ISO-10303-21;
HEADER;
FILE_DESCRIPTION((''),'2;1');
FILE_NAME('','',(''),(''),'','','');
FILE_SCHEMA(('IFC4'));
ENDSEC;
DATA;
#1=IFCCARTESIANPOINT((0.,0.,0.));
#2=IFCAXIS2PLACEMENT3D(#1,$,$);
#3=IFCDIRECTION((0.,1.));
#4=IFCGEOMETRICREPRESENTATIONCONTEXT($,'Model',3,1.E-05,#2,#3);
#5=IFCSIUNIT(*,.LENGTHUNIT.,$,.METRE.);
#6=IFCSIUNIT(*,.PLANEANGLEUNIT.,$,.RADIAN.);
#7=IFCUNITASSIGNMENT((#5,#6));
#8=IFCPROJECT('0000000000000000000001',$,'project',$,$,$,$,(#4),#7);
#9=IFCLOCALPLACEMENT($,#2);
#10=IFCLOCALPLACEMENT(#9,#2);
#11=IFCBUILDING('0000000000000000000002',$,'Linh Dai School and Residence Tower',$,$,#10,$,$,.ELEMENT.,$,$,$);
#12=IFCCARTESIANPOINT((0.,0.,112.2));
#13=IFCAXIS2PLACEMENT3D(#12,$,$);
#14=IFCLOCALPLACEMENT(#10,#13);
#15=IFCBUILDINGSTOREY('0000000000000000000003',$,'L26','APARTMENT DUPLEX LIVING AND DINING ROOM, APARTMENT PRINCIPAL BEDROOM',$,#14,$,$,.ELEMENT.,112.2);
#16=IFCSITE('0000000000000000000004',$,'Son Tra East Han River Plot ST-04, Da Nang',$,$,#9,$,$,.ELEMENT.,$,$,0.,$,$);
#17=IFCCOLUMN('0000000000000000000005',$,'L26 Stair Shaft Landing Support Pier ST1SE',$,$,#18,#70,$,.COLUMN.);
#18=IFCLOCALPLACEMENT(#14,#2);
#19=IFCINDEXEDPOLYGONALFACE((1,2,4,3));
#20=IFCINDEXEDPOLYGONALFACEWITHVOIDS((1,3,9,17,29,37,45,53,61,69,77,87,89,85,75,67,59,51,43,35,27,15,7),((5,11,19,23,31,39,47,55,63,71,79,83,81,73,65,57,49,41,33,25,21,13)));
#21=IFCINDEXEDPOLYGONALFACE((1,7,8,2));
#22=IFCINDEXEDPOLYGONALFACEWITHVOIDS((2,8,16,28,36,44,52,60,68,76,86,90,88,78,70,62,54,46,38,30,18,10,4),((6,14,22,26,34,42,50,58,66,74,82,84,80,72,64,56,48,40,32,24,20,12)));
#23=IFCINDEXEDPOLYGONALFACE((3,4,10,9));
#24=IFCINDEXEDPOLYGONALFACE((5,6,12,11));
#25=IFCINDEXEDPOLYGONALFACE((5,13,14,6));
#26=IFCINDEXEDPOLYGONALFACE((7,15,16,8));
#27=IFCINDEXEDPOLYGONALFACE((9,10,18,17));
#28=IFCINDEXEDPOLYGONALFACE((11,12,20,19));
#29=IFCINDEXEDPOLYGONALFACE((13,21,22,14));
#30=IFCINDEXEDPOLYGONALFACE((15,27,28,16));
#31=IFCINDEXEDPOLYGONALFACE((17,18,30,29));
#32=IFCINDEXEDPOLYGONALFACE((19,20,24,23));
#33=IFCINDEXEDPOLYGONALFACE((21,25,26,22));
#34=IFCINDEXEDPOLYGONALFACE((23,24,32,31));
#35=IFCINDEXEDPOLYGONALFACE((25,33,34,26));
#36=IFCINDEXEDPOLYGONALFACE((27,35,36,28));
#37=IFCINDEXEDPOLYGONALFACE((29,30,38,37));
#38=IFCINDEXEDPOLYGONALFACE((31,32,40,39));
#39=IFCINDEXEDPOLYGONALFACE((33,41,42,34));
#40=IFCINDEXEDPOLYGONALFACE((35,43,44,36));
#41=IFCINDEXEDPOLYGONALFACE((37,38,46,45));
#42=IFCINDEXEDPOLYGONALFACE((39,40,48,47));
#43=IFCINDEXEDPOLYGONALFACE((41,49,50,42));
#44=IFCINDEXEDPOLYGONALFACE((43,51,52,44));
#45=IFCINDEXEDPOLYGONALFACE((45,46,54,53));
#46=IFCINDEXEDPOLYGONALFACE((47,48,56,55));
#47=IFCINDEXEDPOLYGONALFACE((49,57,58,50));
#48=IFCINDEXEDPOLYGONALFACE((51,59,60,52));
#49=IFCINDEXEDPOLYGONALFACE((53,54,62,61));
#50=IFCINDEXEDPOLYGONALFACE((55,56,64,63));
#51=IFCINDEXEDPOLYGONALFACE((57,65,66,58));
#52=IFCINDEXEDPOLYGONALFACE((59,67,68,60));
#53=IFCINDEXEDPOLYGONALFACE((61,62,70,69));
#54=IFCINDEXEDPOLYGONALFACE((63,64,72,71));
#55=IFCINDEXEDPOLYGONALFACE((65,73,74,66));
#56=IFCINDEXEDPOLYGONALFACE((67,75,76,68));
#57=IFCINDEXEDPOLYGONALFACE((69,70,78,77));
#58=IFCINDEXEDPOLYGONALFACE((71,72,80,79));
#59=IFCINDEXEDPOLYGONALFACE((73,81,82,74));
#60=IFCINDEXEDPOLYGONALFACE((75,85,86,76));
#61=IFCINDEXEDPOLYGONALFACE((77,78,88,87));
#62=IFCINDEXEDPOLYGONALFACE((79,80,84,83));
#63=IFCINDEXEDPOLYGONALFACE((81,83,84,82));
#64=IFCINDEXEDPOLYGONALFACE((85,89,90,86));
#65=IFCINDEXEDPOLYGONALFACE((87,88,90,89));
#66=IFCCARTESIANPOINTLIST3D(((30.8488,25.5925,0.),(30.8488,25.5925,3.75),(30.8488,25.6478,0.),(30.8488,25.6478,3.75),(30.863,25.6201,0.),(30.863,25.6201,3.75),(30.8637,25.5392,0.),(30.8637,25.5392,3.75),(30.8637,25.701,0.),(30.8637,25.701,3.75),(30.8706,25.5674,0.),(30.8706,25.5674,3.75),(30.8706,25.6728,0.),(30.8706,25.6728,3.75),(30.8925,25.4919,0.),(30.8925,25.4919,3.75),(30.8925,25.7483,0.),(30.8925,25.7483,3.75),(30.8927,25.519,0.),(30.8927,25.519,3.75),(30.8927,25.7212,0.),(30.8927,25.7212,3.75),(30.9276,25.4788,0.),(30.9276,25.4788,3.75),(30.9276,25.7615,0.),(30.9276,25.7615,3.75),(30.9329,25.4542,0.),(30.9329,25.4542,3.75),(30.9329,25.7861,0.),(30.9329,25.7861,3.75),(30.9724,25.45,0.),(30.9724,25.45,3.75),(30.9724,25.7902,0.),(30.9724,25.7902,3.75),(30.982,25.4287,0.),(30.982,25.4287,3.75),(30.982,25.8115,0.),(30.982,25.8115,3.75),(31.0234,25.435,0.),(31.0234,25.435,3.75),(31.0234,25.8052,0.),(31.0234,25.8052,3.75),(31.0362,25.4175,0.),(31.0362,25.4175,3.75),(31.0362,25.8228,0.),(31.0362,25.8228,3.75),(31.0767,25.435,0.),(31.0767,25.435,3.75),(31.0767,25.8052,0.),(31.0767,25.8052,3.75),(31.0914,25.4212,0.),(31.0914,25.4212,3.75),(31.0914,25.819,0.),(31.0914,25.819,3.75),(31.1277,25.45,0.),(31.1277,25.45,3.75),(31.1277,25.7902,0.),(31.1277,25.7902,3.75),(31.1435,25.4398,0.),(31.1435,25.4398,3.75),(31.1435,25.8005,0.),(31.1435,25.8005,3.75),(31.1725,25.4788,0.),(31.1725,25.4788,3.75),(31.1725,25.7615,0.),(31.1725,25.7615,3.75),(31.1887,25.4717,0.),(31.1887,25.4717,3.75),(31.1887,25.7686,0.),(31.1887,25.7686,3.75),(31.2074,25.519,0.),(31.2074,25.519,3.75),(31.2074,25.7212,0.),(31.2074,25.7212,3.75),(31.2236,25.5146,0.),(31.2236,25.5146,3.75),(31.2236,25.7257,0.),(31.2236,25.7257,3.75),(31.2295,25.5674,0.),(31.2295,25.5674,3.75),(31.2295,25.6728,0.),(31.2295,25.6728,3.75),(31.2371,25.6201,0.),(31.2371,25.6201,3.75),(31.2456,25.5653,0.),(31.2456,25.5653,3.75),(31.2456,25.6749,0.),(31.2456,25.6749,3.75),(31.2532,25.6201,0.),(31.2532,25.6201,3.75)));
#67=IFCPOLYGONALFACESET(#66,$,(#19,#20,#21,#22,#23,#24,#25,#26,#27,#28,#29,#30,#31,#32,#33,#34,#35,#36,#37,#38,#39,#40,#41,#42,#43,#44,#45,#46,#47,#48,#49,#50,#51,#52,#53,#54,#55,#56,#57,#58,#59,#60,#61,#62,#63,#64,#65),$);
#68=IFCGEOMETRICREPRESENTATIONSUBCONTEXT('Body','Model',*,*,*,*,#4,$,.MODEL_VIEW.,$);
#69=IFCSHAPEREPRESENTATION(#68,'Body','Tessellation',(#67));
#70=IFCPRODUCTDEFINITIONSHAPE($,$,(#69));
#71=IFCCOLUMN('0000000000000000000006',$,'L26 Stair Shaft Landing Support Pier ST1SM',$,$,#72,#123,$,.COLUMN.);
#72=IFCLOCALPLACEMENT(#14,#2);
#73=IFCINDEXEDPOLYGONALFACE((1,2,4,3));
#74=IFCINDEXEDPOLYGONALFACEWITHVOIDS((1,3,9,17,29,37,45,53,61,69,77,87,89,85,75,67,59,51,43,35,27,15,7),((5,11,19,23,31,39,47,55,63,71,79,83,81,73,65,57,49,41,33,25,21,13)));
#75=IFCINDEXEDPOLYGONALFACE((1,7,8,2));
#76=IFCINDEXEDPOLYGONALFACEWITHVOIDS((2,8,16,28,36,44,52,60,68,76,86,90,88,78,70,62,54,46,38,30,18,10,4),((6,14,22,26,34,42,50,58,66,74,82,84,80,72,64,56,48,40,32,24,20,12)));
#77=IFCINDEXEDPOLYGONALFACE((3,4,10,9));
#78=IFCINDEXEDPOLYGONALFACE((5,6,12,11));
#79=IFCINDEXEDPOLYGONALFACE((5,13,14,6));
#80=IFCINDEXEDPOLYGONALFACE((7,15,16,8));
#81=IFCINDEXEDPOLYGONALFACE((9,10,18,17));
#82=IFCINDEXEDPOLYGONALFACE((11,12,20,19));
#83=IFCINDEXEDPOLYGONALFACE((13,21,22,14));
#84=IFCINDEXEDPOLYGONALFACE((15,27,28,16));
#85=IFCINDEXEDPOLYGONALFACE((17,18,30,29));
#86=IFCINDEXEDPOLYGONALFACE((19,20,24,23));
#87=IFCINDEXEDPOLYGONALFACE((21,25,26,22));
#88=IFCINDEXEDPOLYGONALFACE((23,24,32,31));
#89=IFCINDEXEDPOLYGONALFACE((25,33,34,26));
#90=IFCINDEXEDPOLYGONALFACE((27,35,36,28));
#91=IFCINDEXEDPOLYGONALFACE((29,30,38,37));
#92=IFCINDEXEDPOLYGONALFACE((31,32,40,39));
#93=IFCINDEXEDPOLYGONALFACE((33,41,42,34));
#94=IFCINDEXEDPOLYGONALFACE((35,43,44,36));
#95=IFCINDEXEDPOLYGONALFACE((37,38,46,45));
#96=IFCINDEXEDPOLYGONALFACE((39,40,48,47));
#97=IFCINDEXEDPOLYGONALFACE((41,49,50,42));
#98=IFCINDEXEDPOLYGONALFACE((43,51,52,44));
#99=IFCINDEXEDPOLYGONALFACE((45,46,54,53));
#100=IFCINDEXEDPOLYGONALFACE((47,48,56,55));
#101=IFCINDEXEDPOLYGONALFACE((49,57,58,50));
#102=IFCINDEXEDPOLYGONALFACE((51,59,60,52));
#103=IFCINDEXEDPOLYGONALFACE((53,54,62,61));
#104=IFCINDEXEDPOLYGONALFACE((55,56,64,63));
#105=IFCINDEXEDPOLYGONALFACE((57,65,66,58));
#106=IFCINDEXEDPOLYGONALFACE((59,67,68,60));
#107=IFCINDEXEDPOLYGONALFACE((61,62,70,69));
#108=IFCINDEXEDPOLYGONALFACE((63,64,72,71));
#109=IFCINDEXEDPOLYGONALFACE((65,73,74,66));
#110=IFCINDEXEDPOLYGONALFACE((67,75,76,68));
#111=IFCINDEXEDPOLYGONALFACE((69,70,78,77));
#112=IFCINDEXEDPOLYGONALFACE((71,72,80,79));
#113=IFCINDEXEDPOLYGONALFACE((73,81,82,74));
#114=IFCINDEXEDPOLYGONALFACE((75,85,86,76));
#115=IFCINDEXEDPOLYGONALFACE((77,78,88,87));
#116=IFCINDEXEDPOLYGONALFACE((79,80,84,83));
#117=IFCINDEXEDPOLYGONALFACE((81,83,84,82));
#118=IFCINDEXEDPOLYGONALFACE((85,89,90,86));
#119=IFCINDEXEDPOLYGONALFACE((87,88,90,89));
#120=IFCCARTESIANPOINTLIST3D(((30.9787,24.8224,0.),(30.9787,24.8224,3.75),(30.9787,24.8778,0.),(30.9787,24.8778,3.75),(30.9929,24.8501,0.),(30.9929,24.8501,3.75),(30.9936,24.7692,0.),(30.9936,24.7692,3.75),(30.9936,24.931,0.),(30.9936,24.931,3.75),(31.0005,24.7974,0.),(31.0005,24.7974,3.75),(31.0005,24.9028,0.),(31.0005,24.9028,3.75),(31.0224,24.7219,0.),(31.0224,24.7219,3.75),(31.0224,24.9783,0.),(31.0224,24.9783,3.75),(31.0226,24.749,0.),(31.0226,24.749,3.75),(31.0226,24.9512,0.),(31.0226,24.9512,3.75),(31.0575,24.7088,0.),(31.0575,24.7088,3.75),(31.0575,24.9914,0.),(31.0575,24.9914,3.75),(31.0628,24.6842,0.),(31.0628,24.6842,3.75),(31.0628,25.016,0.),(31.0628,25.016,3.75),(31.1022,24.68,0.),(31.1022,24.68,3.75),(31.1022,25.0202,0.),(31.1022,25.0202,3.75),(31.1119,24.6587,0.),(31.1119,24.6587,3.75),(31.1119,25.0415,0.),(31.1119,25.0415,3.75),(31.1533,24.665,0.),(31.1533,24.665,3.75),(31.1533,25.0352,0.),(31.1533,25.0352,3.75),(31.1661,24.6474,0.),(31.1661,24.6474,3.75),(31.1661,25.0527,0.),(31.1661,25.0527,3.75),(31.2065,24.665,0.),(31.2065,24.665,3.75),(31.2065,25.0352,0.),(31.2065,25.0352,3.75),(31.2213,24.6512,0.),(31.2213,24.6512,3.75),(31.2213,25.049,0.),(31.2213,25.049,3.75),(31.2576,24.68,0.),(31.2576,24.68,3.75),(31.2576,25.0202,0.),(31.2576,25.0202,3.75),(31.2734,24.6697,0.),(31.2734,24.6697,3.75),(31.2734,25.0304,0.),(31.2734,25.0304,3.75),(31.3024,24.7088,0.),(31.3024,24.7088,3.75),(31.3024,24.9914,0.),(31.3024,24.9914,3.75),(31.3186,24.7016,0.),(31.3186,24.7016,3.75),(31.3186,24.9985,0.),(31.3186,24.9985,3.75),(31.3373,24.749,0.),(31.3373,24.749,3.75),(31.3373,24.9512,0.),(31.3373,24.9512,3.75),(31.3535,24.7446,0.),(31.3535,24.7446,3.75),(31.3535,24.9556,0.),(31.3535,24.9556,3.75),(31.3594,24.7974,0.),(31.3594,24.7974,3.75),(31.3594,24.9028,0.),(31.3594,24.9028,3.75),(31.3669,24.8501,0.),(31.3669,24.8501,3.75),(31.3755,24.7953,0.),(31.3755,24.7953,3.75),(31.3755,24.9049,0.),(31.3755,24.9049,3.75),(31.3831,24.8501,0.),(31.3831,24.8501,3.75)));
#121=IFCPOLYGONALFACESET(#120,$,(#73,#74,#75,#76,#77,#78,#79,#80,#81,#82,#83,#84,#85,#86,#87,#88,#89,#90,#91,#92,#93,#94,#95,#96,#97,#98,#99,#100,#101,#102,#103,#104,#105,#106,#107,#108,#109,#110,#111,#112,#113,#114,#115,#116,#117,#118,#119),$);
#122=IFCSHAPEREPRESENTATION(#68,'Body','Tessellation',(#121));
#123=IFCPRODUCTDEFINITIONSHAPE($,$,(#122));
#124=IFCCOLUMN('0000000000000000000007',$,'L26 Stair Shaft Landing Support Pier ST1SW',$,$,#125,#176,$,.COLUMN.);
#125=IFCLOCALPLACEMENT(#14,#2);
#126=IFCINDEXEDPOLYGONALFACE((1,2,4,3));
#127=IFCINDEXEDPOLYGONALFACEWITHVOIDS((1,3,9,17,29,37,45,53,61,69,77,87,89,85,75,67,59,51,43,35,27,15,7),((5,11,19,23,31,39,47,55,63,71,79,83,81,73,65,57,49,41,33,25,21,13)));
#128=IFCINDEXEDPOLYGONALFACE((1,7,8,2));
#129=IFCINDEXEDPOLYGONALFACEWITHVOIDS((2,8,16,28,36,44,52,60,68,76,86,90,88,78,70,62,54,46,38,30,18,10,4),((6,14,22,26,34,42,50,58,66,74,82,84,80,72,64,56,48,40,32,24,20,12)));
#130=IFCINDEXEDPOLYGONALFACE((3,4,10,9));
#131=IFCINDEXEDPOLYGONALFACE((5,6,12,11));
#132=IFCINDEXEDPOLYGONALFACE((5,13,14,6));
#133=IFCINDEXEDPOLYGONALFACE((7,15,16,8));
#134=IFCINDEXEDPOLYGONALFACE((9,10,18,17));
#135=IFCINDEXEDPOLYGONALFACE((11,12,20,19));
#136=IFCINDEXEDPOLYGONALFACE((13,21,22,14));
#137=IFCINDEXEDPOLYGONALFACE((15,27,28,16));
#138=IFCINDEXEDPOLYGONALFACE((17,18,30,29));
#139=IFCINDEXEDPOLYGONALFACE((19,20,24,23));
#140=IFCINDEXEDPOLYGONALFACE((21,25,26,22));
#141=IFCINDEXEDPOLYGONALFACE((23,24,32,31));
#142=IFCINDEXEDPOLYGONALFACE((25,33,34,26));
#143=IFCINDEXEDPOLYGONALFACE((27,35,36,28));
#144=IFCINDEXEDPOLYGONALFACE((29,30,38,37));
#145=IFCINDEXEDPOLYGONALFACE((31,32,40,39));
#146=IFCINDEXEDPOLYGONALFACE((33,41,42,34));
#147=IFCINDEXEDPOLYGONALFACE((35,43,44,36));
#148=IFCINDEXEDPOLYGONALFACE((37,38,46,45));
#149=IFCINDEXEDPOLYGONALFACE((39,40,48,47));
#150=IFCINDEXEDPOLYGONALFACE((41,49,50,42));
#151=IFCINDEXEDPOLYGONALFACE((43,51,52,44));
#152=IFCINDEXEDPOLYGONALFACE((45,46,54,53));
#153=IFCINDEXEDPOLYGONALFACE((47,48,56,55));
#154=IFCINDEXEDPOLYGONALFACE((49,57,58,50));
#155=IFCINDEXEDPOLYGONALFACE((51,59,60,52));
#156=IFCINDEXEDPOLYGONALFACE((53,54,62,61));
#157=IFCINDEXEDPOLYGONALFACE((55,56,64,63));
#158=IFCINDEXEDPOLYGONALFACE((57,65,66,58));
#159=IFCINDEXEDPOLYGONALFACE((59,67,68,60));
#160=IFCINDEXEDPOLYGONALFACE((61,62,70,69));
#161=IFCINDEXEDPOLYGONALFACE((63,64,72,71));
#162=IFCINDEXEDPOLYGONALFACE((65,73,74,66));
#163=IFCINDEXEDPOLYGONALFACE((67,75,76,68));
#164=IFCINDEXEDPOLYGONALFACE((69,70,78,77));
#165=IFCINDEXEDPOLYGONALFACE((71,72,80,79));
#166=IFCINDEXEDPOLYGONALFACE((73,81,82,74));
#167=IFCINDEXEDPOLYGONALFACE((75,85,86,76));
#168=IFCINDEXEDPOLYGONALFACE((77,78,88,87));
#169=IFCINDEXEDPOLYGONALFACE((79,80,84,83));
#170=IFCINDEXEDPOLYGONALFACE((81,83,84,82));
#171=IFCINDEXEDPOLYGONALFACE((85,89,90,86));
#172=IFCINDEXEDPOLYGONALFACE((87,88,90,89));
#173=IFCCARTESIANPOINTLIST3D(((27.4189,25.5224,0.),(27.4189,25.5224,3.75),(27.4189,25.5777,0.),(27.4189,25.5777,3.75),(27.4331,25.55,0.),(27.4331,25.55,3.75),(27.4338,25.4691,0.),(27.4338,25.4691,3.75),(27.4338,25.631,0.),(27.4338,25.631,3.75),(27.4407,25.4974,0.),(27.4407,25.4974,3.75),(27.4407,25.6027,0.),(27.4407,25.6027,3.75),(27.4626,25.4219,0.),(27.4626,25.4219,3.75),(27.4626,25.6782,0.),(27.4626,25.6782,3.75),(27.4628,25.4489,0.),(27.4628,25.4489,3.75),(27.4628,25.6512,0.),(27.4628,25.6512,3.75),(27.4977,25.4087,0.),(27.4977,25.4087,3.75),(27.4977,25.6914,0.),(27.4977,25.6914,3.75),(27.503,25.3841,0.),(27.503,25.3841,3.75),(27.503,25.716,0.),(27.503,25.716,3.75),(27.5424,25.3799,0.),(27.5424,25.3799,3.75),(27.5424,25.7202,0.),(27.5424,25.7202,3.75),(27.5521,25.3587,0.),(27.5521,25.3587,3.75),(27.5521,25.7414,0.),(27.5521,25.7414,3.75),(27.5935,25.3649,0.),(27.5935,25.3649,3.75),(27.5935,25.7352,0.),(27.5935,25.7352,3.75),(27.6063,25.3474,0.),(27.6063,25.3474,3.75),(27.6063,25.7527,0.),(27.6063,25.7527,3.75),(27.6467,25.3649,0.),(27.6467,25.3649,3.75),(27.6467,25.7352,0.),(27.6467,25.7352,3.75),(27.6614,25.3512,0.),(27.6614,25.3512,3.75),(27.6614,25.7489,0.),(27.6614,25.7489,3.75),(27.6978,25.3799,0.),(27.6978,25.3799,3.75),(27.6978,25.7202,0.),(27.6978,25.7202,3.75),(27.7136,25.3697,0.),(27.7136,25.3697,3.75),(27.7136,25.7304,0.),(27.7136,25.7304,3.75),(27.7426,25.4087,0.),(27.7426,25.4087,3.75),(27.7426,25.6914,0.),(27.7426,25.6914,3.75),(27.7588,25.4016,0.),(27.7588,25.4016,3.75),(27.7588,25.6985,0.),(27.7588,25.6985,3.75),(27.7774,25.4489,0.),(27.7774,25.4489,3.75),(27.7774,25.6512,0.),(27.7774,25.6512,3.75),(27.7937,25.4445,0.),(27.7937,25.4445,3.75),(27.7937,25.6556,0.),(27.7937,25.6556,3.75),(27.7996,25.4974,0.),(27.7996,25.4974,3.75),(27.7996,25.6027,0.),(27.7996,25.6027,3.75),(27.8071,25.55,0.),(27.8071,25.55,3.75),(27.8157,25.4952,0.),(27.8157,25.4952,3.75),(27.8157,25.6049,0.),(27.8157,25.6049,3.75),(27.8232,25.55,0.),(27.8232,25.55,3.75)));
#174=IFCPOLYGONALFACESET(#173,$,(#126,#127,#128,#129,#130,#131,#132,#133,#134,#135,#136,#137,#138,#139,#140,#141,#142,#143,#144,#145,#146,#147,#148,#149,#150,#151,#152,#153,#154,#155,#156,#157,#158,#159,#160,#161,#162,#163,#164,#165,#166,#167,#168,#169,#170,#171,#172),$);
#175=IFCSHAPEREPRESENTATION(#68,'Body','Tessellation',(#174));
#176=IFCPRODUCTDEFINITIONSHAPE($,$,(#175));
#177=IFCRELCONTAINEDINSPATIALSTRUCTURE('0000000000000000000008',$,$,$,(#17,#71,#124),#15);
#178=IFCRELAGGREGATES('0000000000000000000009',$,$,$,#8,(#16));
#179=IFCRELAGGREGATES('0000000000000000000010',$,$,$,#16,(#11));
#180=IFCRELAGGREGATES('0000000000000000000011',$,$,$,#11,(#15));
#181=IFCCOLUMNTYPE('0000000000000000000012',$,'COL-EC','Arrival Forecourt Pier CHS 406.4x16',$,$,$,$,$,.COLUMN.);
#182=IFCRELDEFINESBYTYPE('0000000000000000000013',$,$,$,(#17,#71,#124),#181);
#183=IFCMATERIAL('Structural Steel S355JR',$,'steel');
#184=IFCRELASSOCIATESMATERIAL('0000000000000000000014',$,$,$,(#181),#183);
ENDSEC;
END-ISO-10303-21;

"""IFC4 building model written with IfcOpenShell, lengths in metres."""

from ifc_helpers import new_model, si_unit, direction, frame, origin, origin_2d, place, context, subcontext, project, spatial, hollow_circle, extrude, material, material_profile, profile_set, type_object, element, save


model = new_model("IFC4")

# Units and contexts
model_context = context("Model", 3, precision=1e-05, world=origin(), true_north=direction((0.0, 1.0)))
body_context = subcontext(model_context, "Body", "Model", "MODEL_VIEW")
ifc_project = project(units=[si_unit("LENGTHUNIT", "METRE"), si_unit("PLANEANGLEUNIT", "RADIAN")], contexts=[model_context])

# Site, building, storey
site_placement = place(None, origin())
site = spatial("IfcSite", under=ifc_project, at=site_placement, Name="Son Tra East Han River Plot ST-04, Da Nang", CompositionType="ELEMENT", RefElevation=0.0)
building_placement = place(site_placement, origin())
building = spatial("IfcBuilding", under=site, at=building_placement, Name="Linh Dai School and Residence Tower", CompositionType="ELEMENT")
storey_placement = place(building_placement, frame((0.0, 0.0, 112.2)))
storey = spatial("IfcBuildingStorey", under=building, at=storey_placement, Name="L26", Description="APARTMENT DUPLEX LIVING AND DINING ROOM, APARTMENT PRINCIPAL BEDROOM", CompositionType="ELEMENT", Elevation=112.2)

# Columns
ifc_material_1 = material(Name="Structural Steel S355JR", Category="steel")
ifc_material_profile_1 = material_profile(ifc_material_1, hollow_circle(Radius=0.2031, WallThickness=0.0161, at=origin_2d()), Name="CHS 406.4x16")
ifc_profile_set_1 = profile_set([ifc_material_profile_1], Name="Structural Steel S355JR")
column_type = type_object("IfcColumnType", Name="COL-EC", Description="Arrival Forecourt Pier CHS 406.4x16", PredefinedType="COLUMN", material=ifc_profile_set_1)
for number, where, z_axis, x_axis, name in (
    (1, (31.05, 25.6201, 0.0), (0.0, 0.0, 1.0), (1.0, 0.0, 0.0), "L26 Stair Shaft Landing Support Pier ST1SE"),
    (2, (31.1799, 24.8501, 0.0), (0.0, 0.0, 1.0), (1.0, 0.0, 0.0), "L26 Stair Shaft Landing Support Pier ST1SM"),
    (3, (27.6201, 25.55, 0.0), (0.0, 0.0, 1.0), (1.0, 0.0, 0.0), "L26 Stair Shaft Landing Support Pier ST1SW"),
):
    element("IfcColumn", number, at=place(storey_placement, frame(where, z_axis=z_axis, x_axis=x_axis)), inside=storey, type_object=column_type, Name=name, PredefinedType="COLUMN", context=body_context, shape_type="SweptSolid", body=[
        extrude(hollow_circle(Radius=0.2031, WallThickness=0.0161, at=origin_2d()), origin(), (0.0, 0.0, 1.0), 3.75),
    ])

save(model, "model.ifc")
